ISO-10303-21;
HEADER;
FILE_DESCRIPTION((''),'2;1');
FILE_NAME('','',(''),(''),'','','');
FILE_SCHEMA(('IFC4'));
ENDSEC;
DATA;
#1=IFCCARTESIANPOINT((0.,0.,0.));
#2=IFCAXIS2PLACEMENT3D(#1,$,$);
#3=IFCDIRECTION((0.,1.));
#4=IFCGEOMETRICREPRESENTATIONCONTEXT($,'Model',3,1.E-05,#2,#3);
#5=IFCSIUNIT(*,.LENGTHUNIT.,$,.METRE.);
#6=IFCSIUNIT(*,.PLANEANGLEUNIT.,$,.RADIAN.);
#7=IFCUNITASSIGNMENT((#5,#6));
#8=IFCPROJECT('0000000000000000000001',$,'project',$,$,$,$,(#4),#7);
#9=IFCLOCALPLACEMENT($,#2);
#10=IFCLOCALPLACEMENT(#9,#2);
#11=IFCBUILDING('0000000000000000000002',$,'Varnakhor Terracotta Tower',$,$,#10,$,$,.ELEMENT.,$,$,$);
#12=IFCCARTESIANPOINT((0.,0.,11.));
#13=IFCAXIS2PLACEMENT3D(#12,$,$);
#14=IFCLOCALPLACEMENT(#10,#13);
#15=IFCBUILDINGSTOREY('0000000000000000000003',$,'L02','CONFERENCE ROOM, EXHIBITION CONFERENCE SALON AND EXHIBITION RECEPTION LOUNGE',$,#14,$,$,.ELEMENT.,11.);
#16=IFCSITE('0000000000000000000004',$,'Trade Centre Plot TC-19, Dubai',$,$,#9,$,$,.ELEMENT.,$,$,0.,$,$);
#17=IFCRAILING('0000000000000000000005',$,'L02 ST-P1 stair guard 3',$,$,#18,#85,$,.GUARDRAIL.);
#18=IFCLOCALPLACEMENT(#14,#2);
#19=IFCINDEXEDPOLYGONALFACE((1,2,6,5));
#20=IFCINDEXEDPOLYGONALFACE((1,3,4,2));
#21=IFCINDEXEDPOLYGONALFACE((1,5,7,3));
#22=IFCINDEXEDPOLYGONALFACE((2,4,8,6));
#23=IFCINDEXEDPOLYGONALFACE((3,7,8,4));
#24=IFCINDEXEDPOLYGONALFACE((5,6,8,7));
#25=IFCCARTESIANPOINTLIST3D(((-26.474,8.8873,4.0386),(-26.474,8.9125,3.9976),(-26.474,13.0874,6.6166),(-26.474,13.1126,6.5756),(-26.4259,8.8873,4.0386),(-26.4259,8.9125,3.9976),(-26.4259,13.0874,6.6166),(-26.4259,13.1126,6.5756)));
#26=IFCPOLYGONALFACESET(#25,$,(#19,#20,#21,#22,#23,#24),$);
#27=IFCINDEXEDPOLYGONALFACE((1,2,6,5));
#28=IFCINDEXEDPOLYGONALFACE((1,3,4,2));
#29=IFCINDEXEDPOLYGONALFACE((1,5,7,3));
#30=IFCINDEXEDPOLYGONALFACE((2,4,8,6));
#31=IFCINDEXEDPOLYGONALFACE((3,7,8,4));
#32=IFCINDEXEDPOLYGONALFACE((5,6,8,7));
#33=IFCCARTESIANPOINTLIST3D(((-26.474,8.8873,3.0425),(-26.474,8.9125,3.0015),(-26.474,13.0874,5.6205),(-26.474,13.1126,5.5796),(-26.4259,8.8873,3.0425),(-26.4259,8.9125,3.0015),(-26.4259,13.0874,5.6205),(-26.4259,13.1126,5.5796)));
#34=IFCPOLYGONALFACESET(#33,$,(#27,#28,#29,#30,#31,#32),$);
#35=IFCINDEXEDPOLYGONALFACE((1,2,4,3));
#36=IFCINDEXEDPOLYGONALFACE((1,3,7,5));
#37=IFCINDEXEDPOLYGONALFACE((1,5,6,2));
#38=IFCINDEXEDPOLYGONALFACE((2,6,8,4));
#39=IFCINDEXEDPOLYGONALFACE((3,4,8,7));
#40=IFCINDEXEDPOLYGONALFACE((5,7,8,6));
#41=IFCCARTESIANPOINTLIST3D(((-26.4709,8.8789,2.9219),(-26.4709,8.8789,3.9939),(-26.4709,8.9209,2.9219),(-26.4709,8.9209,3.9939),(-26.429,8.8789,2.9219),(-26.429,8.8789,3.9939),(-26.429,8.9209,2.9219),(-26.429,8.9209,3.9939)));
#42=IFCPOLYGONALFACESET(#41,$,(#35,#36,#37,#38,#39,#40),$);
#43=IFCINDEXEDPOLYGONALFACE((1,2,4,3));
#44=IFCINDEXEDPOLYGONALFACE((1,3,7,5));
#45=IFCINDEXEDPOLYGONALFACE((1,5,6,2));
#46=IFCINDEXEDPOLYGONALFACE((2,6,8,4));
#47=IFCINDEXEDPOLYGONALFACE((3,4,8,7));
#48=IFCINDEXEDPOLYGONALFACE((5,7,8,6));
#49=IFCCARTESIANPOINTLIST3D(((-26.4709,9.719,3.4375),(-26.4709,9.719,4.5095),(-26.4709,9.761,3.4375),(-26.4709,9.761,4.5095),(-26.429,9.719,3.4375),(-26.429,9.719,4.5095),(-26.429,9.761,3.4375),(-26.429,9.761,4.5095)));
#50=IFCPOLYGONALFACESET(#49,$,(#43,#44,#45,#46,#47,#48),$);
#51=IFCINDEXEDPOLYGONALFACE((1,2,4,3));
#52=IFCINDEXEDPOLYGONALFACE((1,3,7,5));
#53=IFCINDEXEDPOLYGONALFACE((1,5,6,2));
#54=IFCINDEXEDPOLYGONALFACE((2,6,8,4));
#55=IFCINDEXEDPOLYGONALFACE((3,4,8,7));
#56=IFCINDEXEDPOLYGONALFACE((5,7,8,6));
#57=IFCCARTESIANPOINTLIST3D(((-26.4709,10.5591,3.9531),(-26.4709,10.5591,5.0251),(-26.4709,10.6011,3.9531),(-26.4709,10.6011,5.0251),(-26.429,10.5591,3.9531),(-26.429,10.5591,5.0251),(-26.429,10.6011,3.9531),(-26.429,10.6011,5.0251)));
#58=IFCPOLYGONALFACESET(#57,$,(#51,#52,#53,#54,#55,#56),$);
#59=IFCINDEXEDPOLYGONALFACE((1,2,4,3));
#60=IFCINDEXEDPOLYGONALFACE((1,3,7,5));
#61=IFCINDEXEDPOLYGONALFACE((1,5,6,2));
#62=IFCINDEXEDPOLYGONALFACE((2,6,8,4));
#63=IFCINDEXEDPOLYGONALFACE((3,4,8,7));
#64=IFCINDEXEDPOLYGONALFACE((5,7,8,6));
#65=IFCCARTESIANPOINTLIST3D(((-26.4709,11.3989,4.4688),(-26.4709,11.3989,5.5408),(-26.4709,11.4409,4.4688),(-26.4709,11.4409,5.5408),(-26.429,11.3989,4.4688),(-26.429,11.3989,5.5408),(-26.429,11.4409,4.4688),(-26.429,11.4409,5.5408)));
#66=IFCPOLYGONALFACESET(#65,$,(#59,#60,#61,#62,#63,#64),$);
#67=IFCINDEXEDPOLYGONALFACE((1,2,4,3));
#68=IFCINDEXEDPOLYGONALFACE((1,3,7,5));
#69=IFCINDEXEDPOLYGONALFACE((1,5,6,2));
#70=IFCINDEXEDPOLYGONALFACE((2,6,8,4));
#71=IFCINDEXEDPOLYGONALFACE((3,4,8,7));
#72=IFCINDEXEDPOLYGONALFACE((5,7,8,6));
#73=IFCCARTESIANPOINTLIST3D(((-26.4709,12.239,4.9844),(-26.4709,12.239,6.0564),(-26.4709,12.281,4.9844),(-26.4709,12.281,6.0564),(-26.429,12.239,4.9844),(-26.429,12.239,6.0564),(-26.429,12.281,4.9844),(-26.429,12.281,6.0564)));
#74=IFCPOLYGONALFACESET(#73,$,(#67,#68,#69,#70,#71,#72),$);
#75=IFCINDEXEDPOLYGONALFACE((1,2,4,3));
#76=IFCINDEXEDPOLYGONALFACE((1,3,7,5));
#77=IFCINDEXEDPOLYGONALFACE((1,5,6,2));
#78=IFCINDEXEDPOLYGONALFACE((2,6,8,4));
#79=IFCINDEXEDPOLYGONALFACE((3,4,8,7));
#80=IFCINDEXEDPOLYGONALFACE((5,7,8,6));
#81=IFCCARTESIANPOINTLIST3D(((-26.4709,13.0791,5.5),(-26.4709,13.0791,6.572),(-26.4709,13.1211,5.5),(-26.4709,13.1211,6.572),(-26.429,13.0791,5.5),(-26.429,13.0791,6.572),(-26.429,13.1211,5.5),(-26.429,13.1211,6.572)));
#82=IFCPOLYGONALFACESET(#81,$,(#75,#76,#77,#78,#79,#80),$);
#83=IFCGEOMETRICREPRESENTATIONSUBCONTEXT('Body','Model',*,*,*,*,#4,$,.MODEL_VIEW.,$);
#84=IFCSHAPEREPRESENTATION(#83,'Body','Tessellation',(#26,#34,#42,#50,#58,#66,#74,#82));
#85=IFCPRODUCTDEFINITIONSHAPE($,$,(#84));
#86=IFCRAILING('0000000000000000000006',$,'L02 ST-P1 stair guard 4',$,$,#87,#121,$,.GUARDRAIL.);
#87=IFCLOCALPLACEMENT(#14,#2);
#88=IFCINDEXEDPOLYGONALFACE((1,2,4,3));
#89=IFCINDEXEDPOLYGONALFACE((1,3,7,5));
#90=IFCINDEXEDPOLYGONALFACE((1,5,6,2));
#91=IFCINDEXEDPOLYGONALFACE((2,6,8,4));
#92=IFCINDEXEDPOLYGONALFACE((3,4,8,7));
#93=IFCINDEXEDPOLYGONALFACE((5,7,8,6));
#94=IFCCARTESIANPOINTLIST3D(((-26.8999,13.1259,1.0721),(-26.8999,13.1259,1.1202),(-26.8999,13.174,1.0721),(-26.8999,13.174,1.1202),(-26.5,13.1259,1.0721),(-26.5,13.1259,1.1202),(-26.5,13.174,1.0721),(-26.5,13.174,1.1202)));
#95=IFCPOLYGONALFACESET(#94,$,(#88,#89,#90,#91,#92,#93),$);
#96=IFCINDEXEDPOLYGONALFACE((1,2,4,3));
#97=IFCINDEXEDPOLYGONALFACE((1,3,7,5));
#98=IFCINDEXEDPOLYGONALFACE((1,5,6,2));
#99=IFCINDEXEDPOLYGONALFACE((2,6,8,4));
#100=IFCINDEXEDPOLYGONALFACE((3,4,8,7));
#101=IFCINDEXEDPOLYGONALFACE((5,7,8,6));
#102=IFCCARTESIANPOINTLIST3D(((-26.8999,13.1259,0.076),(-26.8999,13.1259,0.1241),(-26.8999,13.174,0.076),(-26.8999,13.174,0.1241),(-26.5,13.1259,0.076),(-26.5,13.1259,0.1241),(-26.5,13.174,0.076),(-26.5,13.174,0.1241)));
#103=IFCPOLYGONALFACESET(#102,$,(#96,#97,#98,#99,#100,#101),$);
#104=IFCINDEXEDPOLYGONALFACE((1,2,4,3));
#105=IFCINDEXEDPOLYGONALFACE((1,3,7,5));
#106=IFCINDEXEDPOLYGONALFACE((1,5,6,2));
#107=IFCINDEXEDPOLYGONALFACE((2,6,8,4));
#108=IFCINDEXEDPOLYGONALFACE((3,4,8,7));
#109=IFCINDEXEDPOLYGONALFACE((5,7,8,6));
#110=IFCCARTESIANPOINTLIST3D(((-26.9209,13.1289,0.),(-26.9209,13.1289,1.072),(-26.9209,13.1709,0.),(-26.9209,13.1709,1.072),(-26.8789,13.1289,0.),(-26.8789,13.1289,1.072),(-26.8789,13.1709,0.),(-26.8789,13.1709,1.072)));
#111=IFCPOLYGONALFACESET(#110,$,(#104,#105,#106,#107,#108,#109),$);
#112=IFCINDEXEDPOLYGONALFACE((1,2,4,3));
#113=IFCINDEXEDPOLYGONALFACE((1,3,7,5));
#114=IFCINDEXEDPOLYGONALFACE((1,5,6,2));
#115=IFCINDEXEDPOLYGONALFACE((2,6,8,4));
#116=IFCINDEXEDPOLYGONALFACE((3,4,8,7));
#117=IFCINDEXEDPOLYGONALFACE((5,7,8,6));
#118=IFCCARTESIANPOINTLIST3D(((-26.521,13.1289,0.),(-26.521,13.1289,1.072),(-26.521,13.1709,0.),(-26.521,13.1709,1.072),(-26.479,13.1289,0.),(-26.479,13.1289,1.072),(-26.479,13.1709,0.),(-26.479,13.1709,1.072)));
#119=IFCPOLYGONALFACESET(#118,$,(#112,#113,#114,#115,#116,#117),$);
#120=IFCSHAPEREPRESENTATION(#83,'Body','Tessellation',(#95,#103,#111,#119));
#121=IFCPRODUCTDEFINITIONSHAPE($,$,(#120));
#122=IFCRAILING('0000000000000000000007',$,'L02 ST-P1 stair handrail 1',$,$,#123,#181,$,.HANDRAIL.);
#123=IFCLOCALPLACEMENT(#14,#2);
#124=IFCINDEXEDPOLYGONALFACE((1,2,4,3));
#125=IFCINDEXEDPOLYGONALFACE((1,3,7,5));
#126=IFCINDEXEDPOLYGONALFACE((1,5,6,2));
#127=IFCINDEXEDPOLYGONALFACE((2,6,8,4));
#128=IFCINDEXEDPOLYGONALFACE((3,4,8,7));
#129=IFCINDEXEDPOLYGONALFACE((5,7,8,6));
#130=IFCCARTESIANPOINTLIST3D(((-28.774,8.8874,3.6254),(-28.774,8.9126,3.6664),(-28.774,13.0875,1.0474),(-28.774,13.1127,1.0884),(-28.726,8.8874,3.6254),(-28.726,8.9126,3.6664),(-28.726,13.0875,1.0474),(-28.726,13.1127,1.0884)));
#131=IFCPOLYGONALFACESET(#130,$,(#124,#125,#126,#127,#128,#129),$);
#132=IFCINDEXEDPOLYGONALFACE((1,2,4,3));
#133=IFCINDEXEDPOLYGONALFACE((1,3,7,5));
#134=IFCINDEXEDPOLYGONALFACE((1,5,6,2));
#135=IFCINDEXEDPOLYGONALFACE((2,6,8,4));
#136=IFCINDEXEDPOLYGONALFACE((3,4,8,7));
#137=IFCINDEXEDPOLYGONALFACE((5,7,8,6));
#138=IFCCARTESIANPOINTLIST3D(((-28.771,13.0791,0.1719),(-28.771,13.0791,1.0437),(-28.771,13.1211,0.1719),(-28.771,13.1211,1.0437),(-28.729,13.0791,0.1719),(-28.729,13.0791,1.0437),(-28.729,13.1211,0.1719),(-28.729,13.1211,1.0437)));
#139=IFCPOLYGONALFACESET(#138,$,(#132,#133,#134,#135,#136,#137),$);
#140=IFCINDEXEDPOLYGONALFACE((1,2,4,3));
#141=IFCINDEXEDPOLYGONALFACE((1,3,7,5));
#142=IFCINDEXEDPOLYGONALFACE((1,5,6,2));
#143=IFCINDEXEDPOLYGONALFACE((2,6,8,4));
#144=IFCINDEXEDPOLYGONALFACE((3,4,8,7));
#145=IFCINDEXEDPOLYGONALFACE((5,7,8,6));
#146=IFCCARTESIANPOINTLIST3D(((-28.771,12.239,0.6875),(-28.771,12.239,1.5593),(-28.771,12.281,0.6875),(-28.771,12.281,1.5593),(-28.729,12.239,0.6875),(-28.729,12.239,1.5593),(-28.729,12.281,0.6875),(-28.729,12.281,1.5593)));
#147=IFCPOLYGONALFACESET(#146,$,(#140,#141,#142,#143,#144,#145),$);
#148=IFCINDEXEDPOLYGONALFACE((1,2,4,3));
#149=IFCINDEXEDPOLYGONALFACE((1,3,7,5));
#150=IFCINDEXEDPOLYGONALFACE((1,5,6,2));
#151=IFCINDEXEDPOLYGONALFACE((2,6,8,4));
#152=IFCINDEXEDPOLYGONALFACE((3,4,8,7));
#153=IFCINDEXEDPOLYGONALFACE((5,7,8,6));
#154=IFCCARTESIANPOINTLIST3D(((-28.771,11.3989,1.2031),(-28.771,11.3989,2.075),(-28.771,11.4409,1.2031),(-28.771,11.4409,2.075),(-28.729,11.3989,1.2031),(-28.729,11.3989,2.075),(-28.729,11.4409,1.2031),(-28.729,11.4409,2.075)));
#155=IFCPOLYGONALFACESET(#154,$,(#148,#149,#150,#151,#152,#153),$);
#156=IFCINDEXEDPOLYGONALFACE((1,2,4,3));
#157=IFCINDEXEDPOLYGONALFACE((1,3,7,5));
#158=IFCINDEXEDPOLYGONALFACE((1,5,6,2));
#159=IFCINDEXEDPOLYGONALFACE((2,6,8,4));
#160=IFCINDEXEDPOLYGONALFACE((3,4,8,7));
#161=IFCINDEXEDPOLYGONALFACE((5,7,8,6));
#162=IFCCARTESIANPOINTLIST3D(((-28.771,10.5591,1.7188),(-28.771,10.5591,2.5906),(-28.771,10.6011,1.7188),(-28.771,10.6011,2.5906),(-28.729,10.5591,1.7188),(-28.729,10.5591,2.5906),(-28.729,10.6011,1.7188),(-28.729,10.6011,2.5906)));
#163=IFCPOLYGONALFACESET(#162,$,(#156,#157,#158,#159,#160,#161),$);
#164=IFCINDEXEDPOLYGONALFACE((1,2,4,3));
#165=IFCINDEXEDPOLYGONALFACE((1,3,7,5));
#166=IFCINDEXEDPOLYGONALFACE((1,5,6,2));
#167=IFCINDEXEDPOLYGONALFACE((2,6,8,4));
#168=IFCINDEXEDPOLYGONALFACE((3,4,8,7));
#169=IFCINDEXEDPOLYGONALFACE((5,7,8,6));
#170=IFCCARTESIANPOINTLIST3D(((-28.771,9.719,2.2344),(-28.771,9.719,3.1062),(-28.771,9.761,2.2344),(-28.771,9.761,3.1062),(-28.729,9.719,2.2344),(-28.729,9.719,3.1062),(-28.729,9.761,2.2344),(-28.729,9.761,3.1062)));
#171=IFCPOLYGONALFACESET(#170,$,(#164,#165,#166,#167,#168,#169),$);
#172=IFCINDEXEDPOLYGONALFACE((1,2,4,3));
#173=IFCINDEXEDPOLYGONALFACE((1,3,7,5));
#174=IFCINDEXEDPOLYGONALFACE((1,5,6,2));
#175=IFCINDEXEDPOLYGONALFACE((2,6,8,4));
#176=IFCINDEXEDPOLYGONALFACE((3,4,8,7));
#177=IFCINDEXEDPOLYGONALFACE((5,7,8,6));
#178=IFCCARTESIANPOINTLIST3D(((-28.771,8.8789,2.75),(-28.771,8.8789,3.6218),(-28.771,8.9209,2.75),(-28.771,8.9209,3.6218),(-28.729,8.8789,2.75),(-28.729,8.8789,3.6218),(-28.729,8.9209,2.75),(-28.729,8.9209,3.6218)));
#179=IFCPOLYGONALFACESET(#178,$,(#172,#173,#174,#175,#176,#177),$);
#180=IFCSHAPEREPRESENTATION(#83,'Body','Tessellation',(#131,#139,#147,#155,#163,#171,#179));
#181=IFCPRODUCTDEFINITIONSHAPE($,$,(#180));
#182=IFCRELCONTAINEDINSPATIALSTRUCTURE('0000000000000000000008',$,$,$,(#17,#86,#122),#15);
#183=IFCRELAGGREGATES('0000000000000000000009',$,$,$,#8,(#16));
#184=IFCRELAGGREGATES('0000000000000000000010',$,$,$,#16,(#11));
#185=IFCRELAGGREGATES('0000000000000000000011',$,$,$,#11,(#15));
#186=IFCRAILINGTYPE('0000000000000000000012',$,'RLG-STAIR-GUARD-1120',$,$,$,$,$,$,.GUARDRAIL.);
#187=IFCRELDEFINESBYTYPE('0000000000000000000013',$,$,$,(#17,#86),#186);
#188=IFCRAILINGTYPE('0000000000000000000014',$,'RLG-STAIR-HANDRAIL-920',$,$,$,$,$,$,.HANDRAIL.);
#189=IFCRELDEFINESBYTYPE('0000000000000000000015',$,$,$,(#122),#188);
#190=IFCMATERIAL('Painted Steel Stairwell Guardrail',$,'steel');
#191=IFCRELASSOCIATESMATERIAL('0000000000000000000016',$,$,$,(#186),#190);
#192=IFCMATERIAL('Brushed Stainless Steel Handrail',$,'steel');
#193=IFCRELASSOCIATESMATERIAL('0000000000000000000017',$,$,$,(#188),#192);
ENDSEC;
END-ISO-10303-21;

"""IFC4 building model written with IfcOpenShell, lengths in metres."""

from ifc_helpers import new_model, si_unit, direction, frame, origin, origin_2d, place, context, subcontext, project, spatial, rectangle, extrude, material, type_object, element, save


model = new_model("IFC4")

# Units and contexts
model_context = context("Model", 3, precision=1e-05, world=origin(), true_north=direction((0.0, 1.0)))
body_context = subcontext(model_context, "Body", "Model", "MODEL_VIEW")
ifc_project = project(units=[si_unit("LENGTHUNIT", "METRE"), si_unit("PLANEANGLEUNIT", "RADIAN")], contexts=[model_context])

# Site, building, storey
site_placement = place(None, origin())
site = spatial("IfcSite", under=ifc_project, at=site_placement, Name="Trade Centre Plot TC-19, Dubai", CompositionType="ELEMENT", RefElevation=0.0)
building_placement = place(site_placement, origin())
building = spatial("IfcBuilding", under=site, at=building_placement, Name="Varnakhor Terracotta Tower", CompositionType="ELEMENT")
storey_placement = place(building_placement, frame((0.0, 0.0, 11.0)))
storey = spatial("IfcBuildingStorey", under=building, at=storey_placement, Name="L02", Description="CONFERENCE ROOM, EXHIBITION CONFERENCE SALON AND EXHIBITION RECEPTION LOUNGE", CompositionType="ELEMENT", Elevation=11.0)

# Railings
ifc_material_1 = material(Name="Painted Steel Stairwell Guardrail", Category="steel")
railing_type_1 = type_object("IfcRailingType", Name="RLG-STAIR-GUARD-1120", PredefinedType="GUARDRAIL", material=ifc_material_1)
railing_1_placement = place(storey_placement, frame((-26.45, 8.8999, 2.9219)))
element("IfcRailing", 1, at=railing_1_placement, inside=storey, type_object=railing_type_1, Name="L02 ST-P1 stair guard 3", PredefinedType="GUARDRAIL", context=body_context, shape_type="SweptSolid", body=[
    extrude(rectangle(XDim=0.0481, YDim=0.0481, at=origin_2d()), frame((0.0, 0.0, 1.0962), z_axis=(0.0, 0.852256, 0.523124), x_axis=(-1.0, 0.0, 0.0)), (0.0, 0.0, 1.0), 4.9282),
    extrude(rectangle(XDim=0.0481, YDim=0.0481, at=origin_2d()), frame((0.0, 0.0, 0.1001), z_axis=(0.0, 0.852256, 0.523124), x_axis=(-1.0, 0.0, 0.0)), (0.0, 0.0, 1.0), 4.9282),
    extrude(rectangle(XDim=0.042, YDim=0.042, at=origin_2d()), origin(), (0.0, 0.0, 1.0), 1.072),
    extrude(rectangle(XDim=0.042, YDim=0.042, at=origin_2d()), frame((0.0, 0.8401, 0.5156)), (0.0, 0.0, 1.0), 1.072),
    extrude(rectangle(XDim=0.042, YDim=0.042, at=origin_2d()), frame((0.0, 1.6802, 1.0312)), (0.0, 0.0, 1.0), 1.072),
    extrude(rectangle(XDim=0.042, YDim=0.042, at=origin_2d()), frame((0.0, 2.52, 1.5469)), (0.0, 0.0, 1.0), 1.072),
    extrude(rectangle(XDim=0.042, YDim=0.042, at=origin_2d()), frame((0.0, 3.3601, 2.0625)), (0.0, 0.0, 1.0), 1.072),
    extrude(rectangle(XDim=0.042, YDim=0.042, at=origin_2d()), frame((0.0, 4.2002, 2.5781)), (0.0, 0.0, 1.0), 1.072),
])
railing_2_placement = place(storey_placement, frame((-26.8999, 13.1499, 0.0)))
element("IfcRailing", 2, at=railing_2_placement, inside=storey, type_object=railing_type_1, Name="L02 ST-P1 stair guard 4", PredefinedType="GUARDRAIL", context=body_context, shape_type="SweptSolid", body=[
    extrude(rectangle(XDim=0.0481, YDim=0.0481, at=origin_2d()), frame((0.0, 0.0, 1.0962), z_axis=(1.0, 0.0, 0.0), x_axis=(0.0, 1.0, 0.0)), (0.0, 0.0, 1.0), 0.3999),
    extrude(rectangle(XDim=0.0481, YDim=0.0481, at=origin_2d()), frame((0.0, 0.0, 0.1001), z_axis=(1.0, 0.0, 0.0), x_axis=(0.0, 1.0, 0.0)), (0.0, 0.0, 1.0), 0.3999),
    extrude(rectangle(XDim=0.042, YDim=0.042, at=origin_2d()), origin(), (0.0, 0.0, 1.0), 1.072),
    extrude(rectangle(XDim=0.042, YDim=0.042, at=origin_2d()), frame((0.3999, 0.0, 0.0)), (0.0, 0.0, 1.0), 1.072),
])
ifc_material_2 = material(Name="Brushed Stainless Steel Handrail", Category="steel")
railing_type_2 = type_object("IfcRailingType", Name="RLG-STAIR-HANDRAIL-920", PredefinedType="HANDRAIL", material=ifc_material_2)
railing_3_placement = place(storey_placement, frame((-28.75, 13.1001, 0.1719)))
element("IfcRailing", 3, at=railing_3_placement, inside=storey, type_object=railing_type_2, Name="L02 ST-P1 stair handrail 1", PredefinedType="HANDRAIL", context=body_context, shape_type="SweptSolid", body=[
    extrude(rectangle(XDim=0.0481, YDim=0.0481, at=origin_2d()), frame((0.0, 0.0, 0.896), z_axis=(0.0, -0.852256, 0.523124), x_axis=(1.0, 0.0, 0.0)), (0.0, 0.0, 1.0), 4.9282),
    extrude(rectangle(XDim=0.042, YDim=0.042, at=origin_2d()), origin(), (0.0, 0.0, 1.0), 0.8718),
    extrude(rectangle(XDim=0.042, YDim=0.042, at=origin_2d()), frame((0.0, -0.8401, 0.5156)), (0.0, 0.0, 1.0), 0.8718),
    extrude(rectangle(XDim=0.042, YDim=0.042, at=origin_2d()), frame((0.0, -1.6802, 1.0312)), (0.0, 0.0, 1.0), 0.8718),
    extrude(rectangle(XDim=0.042, YDim=0.042, at=origin_2d()), frame((0.0, -2.52, 1.5469)), (0.0, 0.0, 1.0), 0.8718),
    extrude(rectangle(XDim=0.042, YDim=0.042, at=origin_2d()), frame((0.0, -3.3601, 2.0625)), (0.0, 0.0, 1.0), 0.8718),
    extrude(rectangle(XDim=0.042, YDim=0.042, at=origin_2d()), frame((0.0, -4.2002, 2.5781)), (0.0, 0.0, 1.0), 0.8718),
])

save(model, "model.ifc")
